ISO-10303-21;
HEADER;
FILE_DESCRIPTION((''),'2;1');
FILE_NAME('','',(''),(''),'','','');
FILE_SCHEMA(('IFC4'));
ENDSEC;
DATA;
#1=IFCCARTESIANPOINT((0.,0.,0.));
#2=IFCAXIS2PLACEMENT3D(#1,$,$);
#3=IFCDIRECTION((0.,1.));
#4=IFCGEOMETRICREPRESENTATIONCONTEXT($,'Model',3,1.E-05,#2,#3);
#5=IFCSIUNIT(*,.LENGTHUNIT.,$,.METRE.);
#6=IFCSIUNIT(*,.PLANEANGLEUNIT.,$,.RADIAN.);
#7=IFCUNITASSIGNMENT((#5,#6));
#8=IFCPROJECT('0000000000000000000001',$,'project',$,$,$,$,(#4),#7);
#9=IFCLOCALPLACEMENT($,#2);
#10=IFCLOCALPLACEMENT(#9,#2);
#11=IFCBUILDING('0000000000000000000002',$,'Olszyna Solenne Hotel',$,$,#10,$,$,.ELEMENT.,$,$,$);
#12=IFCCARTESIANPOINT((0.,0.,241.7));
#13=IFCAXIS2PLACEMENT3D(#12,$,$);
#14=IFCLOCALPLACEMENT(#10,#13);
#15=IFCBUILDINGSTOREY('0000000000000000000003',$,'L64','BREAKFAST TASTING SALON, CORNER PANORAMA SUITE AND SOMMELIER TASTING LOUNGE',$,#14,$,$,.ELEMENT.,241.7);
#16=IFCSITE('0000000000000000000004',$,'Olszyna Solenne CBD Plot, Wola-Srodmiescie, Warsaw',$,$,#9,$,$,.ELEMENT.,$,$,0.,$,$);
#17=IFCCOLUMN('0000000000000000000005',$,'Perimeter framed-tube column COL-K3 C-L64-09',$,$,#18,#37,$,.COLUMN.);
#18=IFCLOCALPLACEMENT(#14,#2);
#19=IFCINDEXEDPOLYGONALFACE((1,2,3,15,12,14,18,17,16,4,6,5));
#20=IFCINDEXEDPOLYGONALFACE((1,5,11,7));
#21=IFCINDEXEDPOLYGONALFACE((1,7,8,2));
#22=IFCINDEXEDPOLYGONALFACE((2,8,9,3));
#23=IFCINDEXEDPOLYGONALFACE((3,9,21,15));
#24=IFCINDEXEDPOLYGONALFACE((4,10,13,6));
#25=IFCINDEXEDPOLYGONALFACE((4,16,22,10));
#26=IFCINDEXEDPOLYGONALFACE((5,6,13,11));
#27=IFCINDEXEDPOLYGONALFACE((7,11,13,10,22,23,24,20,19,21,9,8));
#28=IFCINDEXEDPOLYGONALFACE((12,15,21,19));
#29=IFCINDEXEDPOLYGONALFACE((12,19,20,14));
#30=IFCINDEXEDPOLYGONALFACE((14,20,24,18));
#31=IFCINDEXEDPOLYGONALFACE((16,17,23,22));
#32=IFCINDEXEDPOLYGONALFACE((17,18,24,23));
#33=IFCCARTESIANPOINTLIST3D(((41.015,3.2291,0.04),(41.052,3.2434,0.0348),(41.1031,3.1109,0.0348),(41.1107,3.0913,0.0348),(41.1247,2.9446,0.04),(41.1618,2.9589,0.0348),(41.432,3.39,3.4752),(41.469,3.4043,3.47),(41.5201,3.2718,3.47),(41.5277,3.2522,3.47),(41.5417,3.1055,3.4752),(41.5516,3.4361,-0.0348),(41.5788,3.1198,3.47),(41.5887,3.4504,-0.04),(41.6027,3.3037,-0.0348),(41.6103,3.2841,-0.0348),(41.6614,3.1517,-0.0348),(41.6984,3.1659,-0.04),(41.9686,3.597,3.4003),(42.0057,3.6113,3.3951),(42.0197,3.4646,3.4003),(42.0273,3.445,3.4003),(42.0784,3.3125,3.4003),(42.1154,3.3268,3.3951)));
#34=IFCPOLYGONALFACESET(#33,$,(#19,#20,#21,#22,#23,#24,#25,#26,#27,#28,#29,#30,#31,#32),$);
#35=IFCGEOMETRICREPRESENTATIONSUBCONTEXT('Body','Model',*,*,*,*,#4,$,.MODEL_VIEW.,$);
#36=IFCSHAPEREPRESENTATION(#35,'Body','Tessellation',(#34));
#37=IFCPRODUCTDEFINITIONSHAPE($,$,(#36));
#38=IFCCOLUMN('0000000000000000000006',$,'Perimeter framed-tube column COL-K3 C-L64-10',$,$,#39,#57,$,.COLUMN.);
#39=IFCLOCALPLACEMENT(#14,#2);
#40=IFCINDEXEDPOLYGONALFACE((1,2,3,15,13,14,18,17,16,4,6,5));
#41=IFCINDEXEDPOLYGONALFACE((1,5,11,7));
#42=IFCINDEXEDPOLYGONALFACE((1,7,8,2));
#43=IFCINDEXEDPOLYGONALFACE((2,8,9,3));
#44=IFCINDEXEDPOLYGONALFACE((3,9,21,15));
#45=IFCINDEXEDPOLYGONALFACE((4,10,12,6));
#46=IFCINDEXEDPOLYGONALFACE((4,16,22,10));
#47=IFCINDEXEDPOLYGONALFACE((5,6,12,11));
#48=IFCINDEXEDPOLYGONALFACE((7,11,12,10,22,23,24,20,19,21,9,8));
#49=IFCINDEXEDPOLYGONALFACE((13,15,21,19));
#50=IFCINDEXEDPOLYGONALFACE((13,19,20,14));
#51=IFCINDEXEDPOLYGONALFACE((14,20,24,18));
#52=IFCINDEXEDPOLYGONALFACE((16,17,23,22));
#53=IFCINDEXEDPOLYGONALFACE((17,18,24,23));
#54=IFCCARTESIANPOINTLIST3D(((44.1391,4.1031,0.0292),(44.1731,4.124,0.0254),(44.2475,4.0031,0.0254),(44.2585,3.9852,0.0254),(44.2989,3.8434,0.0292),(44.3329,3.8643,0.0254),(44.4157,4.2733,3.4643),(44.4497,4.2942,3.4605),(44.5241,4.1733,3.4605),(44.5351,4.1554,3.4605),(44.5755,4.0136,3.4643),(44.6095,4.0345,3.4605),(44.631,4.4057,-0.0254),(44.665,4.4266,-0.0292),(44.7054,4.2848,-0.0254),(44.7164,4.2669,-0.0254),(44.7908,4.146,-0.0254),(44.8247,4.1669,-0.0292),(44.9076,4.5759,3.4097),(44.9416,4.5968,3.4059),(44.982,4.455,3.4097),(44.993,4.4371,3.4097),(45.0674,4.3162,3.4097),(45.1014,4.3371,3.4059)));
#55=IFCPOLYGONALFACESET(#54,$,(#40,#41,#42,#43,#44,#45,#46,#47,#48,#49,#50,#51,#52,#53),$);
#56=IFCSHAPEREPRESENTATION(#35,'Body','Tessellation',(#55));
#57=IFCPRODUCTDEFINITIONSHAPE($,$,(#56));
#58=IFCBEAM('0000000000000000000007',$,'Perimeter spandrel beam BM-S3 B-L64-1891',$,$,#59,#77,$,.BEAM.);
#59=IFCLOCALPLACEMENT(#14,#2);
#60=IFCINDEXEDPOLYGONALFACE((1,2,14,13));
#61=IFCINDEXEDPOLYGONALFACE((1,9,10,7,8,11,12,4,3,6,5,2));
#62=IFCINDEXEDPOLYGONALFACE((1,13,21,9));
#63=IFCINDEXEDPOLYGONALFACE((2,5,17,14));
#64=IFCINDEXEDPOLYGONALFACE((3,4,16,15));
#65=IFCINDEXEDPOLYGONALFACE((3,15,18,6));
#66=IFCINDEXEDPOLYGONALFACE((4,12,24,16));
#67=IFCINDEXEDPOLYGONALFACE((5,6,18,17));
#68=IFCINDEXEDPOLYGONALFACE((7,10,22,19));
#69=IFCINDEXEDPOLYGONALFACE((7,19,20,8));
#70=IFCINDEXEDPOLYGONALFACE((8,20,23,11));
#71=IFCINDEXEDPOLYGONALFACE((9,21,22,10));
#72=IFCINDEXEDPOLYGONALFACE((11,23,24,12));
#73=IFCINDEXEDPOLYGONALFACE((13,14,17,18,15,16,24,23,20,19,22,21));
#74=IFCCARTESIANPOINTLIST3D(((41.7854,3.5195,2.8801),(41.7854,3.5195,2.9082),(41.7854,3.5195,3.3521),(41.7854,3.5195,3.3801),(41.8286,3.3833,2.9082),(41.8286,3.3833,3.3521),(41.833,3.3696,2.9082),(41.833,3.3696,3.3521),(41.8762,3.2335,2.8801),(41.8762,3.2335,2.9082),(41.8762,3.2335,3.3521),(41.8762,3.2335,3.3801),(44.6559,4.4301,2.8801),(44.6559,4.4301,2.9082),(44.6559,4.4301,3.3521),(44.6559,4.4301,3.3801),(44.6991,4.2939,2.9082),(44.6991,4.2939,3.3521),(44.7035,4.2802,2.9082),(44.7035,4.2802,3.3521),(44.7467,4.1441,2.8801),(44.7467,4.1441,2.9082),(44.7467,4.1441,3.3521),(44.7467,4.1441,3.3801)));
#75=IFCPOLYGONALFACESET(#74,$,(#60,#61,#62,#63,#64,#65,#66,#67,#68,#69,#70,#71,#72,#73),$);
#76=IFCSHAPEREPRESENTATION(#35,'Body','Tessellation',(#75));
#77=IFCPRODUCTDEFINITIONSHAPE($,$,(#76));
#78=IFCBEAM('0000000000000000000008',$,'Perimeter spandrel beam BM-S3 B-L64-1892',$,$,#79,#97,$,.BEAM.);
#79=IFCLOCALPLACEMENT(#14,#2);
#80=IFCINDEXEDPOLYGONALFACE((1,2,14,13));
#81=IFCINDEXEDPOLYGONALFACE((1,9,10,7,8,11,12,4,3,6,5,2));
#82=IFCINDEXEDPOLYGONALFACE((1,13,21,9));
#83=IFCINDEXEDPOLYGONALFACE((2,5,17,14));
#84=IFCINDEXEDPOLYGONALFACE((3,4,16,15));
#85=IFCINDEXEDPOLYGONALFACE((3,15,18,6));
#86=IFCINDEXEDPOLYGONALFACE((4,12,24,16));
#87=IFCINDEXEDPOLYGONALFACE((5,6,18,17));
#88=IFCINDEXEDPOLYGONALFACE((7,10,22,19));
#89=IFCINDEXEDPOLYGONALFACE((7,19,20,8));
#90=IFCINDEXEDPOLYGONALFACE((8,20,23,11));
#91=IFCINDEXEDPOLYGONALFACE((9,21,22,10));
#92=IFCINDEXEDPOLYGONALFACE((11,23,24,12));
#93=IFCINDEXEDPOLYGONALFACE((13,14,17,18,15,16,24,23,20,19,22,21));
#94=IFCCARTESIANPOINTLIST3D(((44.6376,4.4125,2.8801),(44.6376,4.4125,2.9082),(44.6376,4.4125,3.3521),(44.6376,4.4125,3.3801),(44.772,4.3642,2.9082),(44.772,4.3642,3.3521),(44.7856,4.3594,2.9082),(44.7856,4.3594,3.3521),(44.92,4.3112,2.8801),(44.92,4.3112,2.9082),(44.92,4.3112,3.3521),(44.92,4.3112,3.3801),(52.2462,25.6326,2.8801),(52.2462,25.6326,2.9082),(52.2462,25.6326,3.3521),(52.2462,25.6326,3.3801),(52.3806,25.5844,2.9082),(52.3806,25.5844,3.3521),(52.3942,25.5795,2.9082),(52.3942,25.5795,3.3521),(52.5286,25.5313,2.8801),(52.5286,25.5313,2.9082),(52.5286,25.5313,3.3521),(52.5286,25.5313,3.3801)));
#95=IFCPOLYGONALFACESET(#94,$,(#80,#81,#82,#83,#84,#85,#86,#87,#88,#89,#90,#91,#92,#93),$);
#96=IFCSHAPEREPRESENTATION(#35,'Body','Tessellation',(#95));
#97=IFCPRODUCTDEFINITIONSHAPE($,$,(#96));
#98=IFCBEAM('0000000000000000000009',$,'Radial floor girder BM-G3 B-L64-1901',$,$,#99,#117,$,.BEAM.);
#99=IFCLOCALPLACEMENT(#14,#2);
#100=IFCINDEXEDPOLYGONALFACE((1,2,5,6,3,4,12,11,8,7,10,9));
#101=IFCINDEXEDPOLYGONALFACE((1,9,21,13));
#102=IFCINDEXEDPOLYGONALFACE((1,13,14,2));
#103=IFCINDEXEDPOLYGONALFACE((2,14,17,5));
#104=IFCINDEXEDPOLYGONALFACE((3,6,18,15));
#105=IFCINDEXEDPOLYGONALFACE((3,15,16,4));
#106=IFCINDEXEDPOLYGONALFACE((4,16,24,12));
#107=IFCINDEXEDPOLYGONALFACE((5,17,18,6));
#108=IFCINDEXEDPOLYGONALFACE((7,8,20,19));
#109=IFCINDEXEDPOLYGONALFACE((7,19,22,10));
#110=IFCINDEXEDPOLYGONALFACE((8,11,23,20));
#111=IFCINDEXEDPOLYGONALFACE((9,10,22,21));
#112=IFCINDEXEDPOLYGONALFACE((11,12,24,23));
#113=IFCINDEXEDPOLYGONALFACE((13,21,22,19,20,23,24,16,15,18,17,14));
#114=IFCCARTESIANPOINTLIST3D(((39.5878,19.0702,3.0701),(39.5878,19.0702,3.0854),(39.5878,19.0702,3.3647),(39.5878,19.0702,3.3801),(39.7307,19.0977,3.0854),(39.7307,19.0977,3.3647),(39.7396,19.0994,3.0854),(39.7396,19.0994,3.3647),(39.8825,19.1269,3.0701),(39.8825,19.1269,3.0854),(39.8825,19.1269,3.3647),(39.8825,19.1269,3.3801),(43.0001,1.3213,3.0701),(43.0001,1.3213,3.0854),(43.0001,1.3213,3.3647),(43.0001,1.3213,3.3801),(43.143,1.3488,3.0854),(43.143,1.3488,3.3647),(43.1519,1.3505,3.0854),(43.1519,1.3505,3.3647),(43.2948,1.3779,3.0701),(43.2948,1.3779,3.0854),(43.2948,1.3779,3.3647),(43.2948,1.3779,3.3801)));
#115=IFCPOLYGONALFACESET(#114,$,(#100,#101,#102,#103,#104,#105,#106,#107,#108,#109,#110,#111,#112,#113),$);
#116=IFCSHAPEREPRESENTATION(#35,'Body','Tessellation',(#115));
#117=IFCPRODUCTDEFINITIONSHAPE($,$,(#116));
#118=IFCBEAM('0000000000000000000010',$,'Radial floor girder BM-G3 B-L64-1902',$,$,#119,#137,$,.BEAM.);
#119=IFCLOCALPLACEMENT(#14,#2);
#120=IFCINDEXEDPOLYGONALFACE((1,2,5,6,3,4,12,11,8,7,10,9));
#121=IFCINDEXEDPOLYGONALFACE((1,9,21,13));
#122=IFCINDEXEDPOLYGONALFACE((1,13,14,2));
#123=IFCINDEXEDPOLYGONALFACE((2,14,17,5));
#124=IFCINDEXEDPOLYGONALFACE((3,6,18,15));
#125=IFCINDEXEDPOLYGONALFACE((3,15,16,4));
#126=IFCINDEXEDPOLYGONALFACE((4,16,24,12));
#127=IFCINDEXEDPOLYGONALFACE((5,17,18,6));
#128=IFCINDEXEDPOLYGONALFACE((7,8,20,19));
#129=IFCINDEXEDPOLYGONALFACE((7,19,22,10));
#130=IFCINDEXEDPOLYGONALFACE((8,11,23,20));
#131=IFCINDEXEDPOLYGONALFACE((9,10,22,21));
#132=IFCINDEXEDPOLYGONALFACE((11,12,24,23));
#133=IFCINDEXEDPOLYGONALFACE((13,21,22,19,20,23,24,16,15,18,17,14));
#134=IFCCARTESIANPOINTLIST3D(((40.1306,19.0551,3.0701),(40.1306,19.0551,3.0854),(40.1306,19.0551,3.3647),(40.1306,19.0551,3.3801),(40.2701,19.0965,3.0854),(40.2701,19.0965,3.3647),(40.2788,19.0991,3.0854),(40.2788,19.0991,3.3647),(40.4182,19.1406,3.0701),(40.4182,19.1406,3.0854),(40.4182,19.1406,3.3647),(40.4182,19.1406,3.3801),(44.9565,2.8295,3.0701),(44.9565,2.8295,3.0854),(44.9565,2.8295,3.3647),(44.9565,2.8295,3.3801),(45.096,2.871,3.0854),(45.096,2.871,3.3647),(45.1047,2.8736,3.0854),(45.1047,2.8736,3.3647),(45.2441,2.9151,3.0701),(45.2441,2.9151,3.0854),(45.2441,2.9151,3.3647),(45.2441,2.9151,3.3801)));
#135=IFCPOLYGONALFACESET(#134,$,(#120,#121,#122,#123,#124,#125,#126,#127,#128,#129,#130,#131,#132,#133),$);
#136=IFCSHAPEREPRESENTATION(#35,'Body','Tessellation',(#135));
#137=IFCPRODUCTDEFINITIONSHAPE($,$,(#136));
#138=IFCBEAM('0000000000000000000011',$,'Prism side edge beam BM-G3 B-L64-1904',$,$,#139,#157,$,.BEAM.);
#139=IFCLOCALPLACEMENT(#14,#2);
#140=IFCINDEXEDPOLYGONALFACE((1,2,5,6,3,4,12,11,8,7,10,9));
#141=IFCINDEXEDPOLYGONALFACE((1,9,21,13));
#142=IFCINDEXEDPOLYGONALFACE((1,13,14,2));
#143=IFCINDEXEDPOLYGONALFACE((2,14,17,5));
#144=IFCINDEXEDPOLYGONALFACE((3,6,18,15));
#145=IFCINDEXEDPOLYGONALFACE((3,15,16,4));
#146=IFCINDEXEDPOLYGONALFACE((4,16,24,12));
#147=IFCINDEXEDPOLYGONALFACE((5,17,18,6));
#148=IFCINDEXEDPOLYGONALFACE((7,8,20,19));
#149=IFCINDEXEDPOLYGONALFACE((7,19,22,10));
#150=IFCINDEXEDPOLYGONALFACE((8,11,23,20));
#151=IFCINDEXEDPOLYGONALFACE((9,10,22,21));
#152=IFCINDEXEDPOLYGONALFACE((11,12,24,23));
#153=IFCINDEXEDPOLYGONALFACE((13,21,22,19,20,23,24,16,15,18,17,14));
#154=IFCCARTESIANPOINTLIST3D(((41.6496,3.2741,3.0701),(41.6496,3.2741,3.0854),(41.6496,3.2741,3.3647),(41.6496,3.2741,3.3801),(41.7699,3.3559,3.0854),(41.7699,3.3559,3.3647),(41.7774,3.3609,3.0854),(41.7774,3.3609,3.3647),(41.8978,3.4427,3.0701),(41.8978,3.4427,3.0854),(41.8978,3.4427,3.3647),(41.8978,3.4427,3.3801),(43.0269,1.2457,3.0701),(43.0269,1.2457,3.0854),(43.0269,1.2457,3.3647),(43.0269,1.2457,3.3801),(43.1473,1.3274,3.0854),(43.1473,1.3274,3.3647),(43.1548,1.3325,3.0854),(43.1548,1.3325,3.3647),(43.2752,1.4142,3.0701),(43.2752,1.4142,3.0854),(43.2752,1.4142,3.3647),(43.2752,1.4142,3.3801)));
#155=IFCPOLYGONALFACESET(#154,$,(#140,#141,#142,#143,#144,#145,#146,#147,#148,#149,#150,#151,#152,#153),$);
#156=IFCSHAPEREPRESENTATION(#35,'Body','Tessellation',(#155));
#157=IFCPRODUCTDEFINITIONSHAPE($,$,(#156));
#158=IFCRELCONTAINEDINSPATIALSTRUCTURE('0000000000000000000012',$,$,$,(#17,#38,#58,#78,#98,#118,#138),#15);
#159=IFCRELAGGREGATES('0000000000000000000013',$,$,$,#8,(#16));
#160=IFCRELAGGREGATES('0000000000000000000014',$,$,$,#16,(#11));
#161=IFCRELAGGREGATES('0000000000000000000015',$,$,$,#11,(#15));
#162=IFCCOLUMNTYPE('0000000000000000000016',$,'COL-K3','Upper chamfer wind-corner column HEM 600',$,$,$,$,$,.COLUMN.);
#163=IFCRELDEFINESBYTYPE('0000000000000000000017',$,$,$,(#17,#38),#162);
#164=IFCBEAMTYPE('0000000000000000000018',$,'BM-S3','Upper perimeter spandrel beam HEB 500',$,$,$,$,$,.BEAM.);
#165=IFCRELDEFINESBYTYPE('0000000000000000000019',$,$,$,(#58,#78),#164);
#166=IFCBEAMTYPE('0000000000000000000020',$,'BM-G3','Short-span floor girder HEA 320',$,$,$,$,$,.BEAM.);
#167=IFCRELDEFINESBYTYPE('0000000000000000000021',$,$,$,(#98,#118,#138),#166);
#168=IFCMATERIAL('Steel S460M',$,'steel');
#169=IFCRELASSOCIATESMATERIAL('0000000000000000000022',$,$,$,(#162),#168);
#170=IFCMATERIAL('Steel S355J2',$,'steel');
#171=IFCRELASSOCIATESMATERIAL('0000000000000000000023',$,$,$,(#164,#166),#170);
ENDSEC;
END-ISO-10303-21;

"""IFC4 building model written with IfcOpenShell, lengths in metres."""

from ifc_helpers import new_model, si_unit, direction, frame, origin, origin_2d, place, context, subcontext, project, spatial, i_section, extrude, source, transform, mapped, material, material_profile, profile_set, type_object, element, save


model = new_model("IFC4")

# Units and contexts
model_context = context("Model", 3, precision=1e-05, world=origin(), true_north=direction((0.0, 1.0)))
body_context = subcontext(model_context, "Body", "Model", "MODEL_VIEW")
ifc_project = project(units=[si_unit("LENGTHUNIT", "METRE"), si_unit("PLANEANGLEUNIT", "RADIAN")], contexts=[model_context])

# Site, building, storey
site_placement = place(None, origin())
site = spatial("IfcSite", under=ifc_project, at=site_placement, Name="Olszyna Solenne CBD Plot, Wola-Srodmiescie, Warsaw", CompositionType="ELEMENT", RefElevation=0.0)
building_placement = place(site_placement, origin())
building = spatial("IfcBuilding", under=site, at=building_placement, Name="Olszyna Solenne Hotel", CompositionType="ELEMENT")
storey_placement = place(building_placement, frame((0.0, 0.0, 241.7)))
storey = spatial("IfcBuildingStorey", under=building, at=storey_placement, Name="L64", Description="BREAKFAST TASTING SALON, CORNER PANORAMA SUITE AND SOMMELIER TASTING LOUNGE", CompositionType="ELEMENT", Elevation=241.7)

# Columns
ifc_material_1 = material(Name="Steel S460M", Category="steel")
ifc_material_profile_1 = material_profile(ifc_material_1, i_section(OverallWidth=0.3049, OverallDepth=0.6201, WebThickness=0.021, FlangeThickness=0.04, at=origin_2d()), Name="HEM 600", Category="load-bearing")
ifc_profile_set_1 = profile_set([ifc_material_profile_1], Name="Steel S460M")
column_type = type_object("IfcColumnType", Name="COL-K3", Description="Upper chamfer wind-corner column HEM 600", PredefinedType="COLUMN", material=ifc_profile_set_1)
shared_shape_1 = source(origin(), body_context, "Body", "SweptSolid", [
    extrude(i_section(OverallWidth=0.3049, OverallDepth=0.6201, WebThickness=0.021, FlangeThickness=0.04, at=origin_2d()), origin(), (0.0, 0.0, 1.0), 3.4641),
])
column_1_placement = place(storey_placement, frame((41.3567, 3.1975, 0.0), z_axis=(0.120378, 0.046446, 0.991641), x_axis=(-0.359967, 0.932965, 0.0)))
element("IfcColumn", 1, at=column_1_placement, inside=storey, type_object=column_type, Name="Perimeter framed-tube column COL-K3 C-L64-09", PredefinedType="COLUMN", context=body_context, shape_type="MappedRepresentation", body=[
    mapped(shared_shape_1, transform((0.0, 0.0, 0.0), x_axis=(1.0, 0.0, 0.0), y_axis=(0.0, 1.0, 0.0), z_axis=(0.0, 0.0, 1.0), scale=1.0)),
])
shared_shape_2 = source(origin(), body_context, "Body", "SweptSolid", [
    extrude(i_section(OverallWidth=0.3049, OverallDepth=0.6201, WebThickness=0.021, FlangeThickness=0.04, at=origin_2d()), origin(), (0.0, 0.0, 1.0), 3.4504),
])
column_2_placement = place(storey_placement, frame((44.4819, 4.135, 0.0), z_axis=(0.080168, 0.049318, 0.995561), x_axis=(-0.523972, 0.851736, 0.0)))
element("IfcColumn", 2, at=column_2_placement, inside=storey, type_object=column_type, Name="Perimeter framed-tube column COL-K3 C-L64-10", PredefinedType="COLUMN", context=body_context, shape_type="MappedRepresentation", body=[
    mapped(shared_shape_2, transform((0.0, 0.0, 0.0), x_axis=(1.0, 0.0, 0.0), y_axis=(0.0, 1.0, 0.0), z_axis=(0.0, 0.0, 1.0), scale=1.0)),
])

# Beams
ifc_material_2 = material(Name="Steel S355J2", Category="steel")
ifc_material_profile_2 = material_profile(ifc_material_2, i_section(OverallWidth=0.3, OverallDepth=0.5, WebThickness=0.0144, FlangeThickness=0.0281, at=origin_2d()), Name="HEB 500", Category="load-bearing")
ifc_profile_set_2 = profile_set([ifc_material_profile_2], Name="Steel S355J2")
beam_type_1 = type_object("IfcBeamType", Name="BM-S3", Description="Upper perimeter spandrel beam HEB 500", PredefinedType="BEAM", material=ifc_profile_set_2)
shared_shape_3 = source(origin(), body_context, "Body", "SweptSolid", [
    extrude(i_section(OverallWidth=0.3, OverallDepth=0.5, WebThickness=0.0144, FlangeThickness=0.0281, at=origin_2d()), origin(), (0.0, 0.0, 1.0), 3.0115),
])
beam_1_placement = place(storey_placement, frame((41.8308, 3.3765, 3.1301), z_axis=(0.953187, 0.30238, 0.0), x_axis=(-0.30238, 0.953187, 0.0)))
element("IfcBeam", 3, at=beam_1_placement, inside=storey, type_object=beam_type_1, Name="Perimeter spandrel beam BM-S3 B-L64-1891", PredefinedType="BEAM", context=body_context, shape_type="MappedRepresentation", body=[
    mapped(shared_shape_3, transform((0.0, 0.0, 0.0), x_axis=(1.0, 0.0, 0.0), y_axis=(0.0, 1.0, 0.0), z_axis=(0.0, 0.0, 1.0), scale=1.0)),
])
shared_shape_4 = source(origin(), body_context, "Body", "SweptSolid", [
    extrude(i_section(OverallWidth=0.3, OverallDepth=0.5, WebThickness=0.0144, FlangeThickness=0.0281, at=origin_2d()), origin(), (0.0, 0.0, 1.0), 22.543),
])
beam_2_placement = place(storey_placement, frame((44.7788, 4.3618, 3.1301), z_axis=(0.337516, 0.94132, 0.0), x_axis=(-0.94132, 0.337516, 0.0)))
element("IfcBeam", 4, at=beam_2_placement, inside=storey, type_object=beam_type_1, Name="Perimeter spandrel beam BM-S3 B-L64-1892", PredefinedType="BEAM", context=body_context, shape_type="MappedRepresentation", body=[
    mapped(shared_shape_4, transform((0.0, 0.0, 0.0), x_axis=(1.0, 0.0, 0.0), y_axis=(0.0, 1.0, 0.0), z_axis=(0.0, 0.0, 1.0), scale=1.0)),
])
ifc_material_profile_3 = material_profile(ifc_material_2, i_section(OverallWidth=0.3, OverallDepth=0.3101, WebThickness=0.009, FlangeThickness=0.0154, at=origin_2d()), Name="HEA 320", Category="load-bearing")
ifc_profile_set_3 = profile_set([ifc_material_profile_3], Name="Steel S355J2")
beam_type_2 = type_object("IfcBeamType", Name="BM-G3", Description="Short-span floor girder HEA 320", PredefinedType="BEAM", material=ifc_profile_set_3)
shared_shape_5 = source(origin(), body_context, "Body", "SweptSolid", [
    extrude(i_section(OverallWidth=0.3, OverallDepth=0.3101, WebThickness=0.009, FlangeThickness=0.0154, at=origin_2d()), origin(), (0.0, 0.0, 1.0), 18.074),
])
beam_3_placement = place(storey_placement, frame((43.1475, 1.3496, 3.2251), z_axis=(-0.188798, 0.982016, 0.0), x_axis=(-0.982016, -0.188798, 0.0)))
element("IfcBeam", 5, at=beam_3_placement, inside=storey, type_object=beam_type_2, Name="Radial floor girder BM-G3 B-L64-1901", PredefinedType="BEAM", context=body_context, shape_type="MappedRepresentation", body=[
    mapped(shared_shape_5, transform((0.0, 0.0, 0.0), x_axis=(1.0, 0.0, 0.0), y_axis=(0.0, 1.0, 0.0), z_axis=(0.0, 0.0, 1.0), scale=1.0)),
])
shared_shape_6 = source(origin(), body_context, "Body", "SweptSolid", [
    extrude(i_section(OverallWidth=0.3, OverallDepth=0.3101, WebThickness=0.009, FlangeThickness=0.0154, at=origin_2d()), origin(), (0.0, 0.0, 1.0), 16.928),
])
beam_4_placement = place(storey_placement, frame((45.1003, 2.8723, 3.2251), z_axis=(-0.285085, 0.958502, 0.0), x_axis=(-0.958502, -0.285085, 0.0)))
element("IfcBeam", 6, at=beam_4_placement, inside=storey, type_object=beam_type_2, Name="Radial floor girder BM-G3 B-L64-1902", PredefinedType="BEAM", context=body_context, shape_type="MappedRepresentation", body=[
    mapped(shared_shape_6, transform((0.0, 0.0, 0.0), x_axis=(1.0, 0.0, 0.0), y_axis=(0.0, 1.0, 0.0), z_axis=(0.0, 0.0, 1.0), scale=1.0)),
])
shared_shape_7 = source(origin(), body_context, "Body", "SweptSolid", [
    extrude(i_section(OverallWidth=0.3, OverallDepth=0.3101, WebThickness=0.009, FlangeThickness=0.0154, at=origin_2d()), origin(), (0.0, 0.0, 1.0), 2.4519),
])
beam_5_placement = place(storey_placement, frame((41.7737, 3.3584, 3.2251), z_axis=(0.561757, -0.827302, 0.0), x_axis=(0.827302, 0.561757, 0.0)))
element("IfcBeam", 7, at=beam_5_placement, inside=storey, type_object=beam_type_2, Name="Prism side edge beam BM-G3 B-L64-1904", PredefinedType="BEAM", context=body_context, shape_type="MappedRepresentation", body=[
    mapped(shared_shape_7, transform((0.0, 0.0, 0.0), x_axis=(1.0, 0.0, 0.0), y_axis=(0.0, 1.0, 0.0), z_axis=(0.0, 0.0, 1.0), scale=1.0)),
])

save(model, "model.ifc")
